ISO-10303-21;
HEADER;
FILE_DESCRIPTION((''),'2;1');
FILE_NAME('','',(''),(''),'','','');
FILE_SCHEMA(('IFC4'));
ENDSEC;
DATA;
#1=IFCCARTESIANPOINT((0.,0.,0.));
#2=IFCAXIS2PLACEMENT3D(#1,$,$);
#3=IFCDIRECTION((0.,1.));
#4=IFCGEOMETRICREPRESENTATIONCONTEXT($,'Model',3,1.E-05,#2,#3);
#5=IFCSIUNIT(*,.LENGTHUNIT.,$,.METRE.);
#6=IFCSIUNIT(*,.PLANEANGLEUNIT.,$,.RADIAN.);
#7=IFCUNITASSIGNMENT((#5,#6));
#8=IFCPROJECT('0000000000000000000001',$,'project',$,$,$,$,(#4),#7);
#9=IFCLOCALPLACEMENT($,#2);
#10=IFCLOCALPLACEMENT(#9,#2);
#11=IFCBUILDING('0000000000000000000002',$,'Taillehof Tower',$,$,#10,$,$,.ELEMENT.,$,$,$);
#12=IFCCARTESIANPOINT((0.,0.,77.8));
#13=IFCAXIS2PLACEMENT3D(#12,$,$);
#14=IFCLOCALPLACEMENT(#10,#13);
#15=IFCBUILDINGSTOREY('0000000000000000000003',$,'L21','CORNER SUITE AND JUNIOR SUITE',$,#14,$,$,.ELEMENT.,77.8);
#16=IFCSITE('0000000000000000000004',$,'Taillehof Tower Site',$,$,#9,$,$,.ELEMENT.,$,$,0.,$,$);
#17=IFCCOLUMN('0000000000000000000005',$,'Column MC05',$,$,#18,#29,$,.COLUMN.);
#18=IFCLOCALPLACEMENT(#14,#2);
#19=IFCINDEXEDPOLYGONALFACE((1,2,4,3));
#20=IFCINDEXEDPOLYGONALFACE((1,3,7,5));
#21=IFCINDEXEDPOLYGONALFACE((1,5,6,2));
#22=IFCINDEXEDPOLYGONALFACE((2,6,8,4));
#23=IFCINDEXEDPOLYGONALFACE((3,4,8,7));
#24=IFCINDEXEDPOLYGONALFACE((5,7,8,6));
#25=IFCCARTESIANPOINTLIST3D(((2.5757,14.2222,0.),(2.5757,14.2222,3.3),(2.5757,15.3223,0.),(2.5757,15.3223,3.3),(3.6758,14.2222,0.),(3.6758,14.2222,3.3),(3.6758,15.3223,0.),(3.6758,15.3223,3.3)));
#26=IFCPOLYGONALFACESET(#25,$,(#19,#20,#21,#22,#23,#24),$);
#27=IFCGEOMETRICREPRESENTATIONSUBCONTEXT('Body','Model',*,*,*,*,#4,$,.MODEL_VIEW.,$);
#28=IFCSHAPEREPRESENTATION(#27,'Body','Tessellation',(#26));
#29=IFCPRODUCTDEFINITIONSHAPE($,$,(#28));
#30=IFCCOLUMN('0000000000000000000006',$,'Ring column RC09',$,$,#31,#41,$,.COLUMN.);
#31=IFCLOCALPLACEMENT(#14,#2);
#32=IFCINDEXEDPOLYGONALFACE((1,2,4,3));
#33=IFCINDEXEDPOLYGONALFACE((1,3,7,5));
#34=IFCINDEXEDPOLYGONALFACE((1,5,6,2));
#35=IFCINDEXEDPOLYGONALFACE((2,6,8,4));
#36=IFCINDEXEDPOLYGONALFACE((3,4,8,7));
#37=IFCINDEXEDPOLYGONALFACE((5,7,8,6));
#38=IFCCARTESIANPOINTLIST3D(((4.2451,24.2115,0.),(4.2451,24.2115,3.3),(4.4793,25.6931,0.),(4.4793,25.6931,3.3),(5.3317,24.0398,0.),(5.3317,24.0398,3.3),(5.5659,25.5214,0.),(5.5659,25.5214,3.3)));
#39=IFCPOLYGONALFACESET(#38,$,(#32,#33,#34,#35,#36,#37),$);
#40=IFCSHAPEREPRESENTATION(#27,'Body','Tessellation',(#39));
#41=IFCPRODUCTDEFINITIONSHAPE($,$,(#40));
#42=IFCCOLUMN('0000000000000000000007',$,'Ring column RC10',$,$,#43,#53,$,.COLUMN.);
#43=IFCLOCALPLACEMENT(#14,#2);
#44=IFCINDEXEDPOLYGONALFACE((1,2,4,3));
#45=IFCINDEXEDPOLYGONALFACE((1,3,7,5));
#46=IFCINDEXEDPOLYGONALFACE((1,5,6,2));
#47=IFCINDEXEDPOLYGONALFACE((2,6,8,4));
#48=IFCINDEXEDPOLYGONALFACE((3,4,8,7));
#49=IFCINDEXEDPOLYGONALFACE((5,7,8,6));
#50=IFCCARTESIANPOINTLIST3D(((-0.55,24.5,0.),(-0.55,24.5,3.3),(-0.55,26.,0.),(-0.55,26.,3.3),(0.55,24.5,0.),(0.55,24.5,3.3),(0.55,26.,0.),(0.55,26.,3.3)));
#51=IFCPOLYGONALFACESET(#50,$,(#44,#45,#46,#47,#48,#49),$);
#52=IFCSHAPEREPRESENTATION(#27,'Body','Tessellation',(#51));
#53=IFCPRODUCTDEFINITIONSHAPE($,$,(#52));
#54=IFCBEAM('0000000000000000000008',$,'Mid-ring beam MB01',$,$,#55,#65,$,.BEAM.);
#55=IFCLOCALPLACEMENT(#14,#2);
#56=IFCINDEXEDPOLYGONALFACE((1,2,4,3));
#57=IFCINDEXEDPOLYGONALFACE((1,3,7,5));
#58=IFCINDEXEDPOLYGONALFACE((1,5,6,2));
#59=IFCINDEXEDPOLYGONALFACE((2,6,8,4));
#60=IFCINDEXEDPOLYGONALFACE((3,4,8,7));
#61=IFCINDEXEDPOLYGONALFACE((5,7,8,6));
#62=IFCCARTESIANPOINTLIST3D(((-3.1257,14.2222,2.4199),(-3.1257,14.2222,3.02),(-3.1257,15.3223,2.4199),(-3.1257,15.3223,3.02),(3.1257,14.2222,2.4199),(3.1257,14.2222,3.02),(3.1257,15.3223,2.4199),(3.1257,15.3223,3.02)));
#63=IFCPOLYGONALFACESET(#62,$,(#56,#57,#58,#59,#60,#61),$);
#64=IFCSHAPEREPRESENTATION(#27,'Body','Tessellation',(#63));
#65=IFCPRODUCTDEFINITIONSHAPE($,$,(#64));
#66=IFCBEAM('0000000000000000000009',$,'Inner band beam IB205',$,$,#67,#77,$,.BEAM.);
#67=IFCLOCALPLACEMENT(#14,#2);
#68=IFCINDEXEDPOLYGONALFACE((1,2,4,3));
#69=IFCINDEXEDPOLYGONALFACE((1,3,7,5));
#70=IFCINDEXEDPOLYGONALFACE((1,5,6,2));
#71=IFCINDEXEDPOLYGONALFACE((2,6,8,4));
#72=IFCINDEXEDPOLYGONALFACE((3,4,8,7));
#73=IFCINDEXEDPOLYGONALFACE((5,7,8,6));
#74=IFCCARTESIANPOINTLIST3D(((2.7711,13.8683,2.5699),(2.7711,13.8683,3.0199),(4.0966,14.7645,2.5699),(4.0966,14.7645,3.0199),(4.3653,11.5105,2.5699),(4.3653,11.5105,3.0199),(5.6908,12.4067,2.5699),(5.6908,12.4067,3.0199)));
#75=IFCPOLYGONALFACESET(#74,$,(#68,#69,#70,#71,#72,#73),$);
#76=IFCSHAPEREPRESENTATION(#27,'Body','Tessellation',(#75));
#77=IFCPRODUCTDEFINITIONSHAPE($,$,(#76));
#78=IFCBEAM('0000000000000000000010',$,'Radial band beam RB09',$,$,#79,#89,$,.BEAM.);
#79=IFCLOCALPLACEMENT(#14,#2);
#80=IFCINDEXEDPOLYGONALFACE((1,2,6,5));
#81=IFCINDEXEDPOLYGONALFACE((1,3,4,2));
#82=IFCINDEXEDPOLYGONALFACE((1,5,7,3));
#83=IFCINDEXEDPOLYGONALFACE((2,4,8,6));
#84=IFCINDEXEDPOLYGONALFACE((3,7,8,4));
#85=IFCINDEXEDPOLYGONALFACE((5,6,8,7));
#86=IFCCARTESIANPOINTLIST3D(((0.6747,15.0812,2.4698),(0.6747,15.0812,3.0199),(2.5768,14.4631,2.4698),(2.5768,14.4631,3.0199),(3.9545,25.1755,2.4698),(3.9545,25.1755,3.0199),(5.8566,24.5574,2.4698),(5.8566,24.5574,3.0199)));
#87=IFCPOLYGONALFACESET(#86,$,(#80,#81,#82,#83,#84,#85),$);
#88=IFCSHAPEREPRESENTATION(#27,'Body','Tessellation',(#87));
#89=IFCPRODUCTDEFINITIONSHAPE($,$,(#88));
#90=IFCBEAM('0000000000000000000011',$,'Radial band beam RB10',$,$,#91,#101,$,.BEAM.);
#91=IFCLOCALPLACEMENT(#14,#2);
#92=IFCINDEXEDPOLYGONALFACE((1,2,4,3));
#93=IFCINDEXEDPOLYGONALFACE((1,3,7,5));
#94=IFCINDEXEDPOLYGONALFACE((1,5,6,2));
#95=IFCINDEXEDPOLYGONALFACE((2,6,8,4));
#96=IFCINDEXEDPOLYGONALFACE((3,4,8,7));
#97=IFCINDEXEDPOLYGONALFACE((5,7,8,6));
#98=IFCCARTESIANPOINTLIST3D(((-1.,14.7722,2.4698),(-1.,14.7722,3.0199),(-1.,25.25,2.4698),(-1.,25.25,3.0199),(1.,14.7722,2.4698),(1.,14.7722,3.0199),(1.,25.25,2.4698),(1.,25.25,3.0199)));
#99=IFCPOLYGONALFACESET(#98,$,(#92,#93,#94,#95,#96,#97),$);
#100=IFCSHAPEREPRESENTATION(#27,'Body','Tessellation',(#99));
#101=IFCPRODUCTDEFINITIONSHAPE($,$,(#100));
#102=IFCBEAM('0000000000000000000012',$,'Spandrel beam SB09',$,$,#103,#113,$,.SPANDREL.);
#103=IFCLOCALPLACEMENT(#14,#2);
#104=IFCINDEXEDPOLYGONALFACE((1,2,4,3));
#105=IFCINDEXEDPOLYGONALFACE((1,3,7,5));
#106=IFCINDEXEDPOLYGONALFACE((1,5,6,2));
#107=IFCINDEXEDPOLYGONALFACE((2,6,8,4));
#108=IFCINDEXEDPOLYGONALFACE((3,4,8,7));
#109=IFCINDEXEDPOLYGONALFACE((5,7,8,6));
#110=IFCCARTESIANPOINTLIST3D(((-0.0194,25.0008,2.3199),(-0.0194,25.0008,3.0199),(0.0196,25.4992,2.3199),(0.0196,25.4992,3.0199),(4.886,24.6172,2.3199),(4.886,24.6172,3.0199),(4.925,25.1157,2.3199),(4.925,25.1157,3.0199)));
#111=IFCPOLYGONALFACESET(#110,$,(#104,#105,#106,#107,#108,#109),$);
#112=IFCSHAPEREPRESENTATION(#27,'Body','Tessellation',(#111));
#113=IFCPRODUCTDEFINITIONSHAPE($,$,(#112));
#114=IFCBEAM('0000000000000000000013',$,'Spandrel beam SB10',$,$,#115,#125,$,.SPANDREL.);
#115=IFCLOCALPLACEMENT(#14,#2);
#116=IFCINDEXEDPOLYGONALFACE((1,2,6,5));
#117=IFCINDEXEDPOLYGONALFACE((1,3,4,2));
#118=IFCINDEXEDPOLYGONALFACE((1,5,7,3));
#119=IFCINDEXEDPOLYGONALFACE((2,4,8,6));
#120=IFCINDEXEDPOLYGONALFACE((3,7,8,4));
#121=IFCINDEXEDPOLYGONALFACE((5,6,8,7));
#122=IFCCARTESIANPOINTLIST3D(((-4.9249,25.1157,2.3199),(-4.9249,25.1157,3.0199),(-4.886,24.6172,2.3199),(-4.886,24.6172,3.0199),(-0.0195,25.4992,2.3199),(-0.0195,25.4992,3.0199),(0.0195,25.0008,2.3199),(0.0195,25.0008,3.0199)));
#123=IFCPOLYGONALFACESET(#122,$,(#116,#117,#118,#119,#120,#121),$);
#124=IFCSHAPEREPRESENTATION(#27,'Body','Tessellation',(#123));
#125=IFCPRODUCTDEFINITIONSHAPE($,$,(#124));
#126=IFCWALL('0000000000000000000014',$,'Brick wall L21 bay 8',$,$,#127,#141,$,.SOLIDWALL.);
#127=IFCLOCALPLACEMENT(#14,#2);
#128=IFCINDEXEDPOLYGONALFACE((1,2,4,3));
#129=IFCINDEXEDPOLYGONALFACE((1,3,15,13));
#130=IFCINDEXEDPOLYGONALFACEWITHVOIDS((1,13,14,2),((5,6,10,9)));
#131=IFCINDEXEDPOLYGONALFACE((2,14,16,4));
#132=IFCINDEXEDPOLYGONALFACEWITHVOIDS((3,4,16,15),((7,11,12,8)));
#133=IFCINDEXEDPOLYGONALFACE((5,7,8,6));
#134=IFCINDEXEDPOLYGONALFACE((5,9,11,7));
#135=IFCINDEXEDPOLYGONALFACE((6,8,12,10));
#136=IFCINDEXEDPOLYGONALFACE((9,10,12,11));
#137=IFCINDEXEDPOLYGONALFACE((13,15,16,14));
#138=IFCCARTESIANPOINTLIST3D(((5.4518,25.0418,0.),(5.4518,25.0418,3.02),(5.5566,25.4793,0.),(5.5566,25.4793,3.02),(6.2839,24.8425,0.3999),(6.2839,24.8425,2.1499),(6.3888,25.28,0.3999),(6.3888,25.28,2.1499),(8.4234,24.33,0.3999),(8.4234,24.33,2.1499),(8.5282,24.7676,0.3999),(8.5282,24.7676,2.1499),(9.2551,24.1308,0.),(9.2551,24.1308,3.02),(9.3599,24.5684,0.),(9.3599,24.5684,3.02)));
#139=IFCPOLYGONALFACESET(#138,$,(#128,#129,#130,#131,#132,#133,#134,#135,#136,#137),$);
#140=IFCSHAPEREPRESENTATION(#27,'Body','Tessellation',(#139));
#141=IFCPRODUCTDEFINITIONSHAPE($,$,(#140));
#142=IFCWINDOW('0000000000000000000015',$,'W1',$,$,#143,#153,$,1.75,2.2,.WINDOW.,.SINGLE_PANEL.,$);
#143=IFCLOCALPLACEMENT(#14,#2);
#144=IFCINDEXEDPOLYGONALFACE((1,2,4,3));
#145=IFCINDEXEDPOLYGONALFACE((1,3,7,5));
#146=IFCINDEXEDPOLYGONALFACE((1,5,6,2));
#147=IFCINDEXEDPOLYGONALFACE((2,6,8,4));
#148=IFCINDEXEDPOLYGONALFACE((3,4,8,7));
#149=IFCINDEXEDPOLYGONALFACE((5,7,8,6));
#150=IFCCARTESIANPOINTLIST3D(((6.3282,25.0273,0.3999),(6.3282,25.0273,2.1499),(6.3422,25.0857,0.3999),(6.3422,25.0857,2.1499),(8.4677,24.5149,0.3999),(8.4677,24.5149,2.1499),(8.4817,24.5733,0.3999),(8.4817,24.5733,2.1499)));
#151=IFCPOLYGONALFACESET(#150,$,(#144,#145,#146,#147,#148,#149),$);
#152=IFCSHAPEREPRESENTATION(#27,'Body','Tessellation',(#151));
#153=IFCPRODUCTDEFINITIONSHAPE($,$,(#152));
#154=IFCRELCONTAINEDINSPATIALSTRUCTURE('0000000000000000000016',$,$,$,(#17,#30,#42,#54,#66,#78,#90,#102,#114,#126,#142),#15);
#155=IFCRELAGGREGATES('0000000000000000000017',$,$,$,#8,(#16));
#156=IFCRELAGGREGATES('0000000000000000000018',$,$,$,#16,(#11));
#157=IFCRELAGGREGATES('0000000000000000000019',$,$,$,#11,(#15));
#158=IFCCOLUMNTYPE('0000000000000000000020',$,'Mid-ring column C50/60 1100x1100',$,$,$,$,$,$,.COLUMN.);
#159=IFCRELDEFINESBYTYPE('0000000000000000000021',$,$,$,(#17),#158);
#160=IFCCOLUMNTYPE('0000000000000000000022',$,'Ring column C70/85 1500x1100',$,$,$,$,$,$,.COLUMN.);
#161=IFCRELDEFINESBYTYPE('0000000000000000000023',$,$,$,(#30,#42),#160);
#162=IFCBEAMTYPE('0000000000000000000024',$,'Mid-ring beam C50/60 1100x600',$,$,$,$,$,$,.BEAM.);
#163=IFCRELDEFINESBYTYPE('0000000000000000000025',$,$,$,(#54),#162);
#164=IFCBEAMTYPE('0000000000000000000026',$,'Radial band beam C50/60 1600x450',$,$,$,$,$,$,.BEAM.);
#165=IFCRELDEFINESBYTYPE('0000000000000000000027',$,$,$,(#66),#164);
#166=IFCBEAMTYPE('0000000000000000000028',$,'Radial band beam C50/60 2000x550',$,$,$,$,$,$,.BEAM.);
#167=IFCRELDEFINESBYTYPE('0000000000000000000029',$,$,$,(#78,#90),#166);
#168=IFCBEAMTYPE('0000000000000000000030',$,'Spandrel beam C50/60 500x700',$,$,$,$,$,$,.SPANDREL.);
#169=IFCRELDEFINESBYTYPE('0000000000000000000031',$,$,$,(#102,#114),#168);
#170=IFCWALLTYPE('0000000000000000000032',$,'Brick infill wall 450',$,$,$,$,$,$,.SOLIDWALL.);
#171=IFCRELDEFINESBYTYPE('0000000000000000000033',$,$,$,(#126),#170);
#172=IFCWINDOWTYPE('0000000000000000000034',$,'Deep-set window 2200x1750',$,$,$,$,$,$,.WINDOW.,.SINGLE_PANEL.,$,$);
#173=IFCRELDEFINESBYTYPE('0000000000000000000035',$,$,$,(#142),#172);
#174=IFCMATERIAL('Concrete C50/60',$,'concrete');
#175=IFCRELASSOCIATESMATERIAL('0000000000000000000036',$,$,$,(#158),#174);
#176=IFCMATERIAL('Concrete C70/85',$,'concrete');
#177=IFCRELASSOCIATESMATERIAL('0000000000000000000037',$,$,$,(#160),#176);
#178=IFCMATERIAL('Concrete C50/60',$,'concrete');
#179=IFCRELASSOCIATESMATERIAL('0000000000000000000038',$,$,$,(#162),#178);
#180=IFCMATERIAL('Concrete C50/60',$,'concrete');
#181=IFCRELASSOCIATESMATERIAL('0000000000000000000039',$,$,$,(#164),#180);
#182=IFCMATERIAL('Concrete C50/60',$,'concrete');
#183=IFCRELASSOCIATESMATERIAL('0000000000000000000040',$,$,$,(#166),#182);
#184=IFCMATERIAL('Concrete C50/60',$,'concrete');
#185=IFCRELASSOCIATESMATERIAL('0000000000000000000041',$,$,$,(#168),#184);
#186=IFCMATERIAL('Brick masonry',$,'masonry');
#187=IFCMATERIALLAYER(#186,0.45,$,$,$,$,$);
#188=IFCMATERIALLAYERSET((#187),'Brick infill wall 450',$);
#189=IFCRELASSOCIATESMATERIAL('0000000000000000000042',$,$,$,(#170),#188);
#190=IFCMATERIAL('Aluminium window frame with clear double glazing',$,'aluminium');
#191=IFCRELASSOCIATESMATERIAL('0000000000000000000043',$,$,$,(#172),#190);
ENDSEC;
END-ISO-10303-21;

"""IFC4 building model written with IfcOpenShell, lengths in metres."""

from ifc_helpers import new_model, si_unit, direction, frame, frame_2d, origin, origin_2d, place, context, subcontext, project, spatial, rectangle, extrude, material, layer, layer_set, material_profile, profile_set, type_object, element, fill, save


model = new_model("IFC4")

# Units and contexts
model_context = context("Model", 3, precision=1e-05, world=origin(), true_north=direction((0.0, 1.0)))
body_context = subcontext(model_context, "Body", "Model", "MODEL_VIEW")
ifc_project = project(units=[si_unit("LENGTHUNIT", "METRE"), si_unit("PLANEANGLEUNIT", "RADIAN")], contexts=[model_context])

# Site, building, storey
site_placement = place(None, origin())
site = spatial("IfcSite", under=ifc_project, at=site_placement, Name="Taillehof Tower Site", CompositionType="ELEMENT", RefElevation=0.0)
building_placement = place(site_placement, origin())
building = spatial("IfcBuilding", under=site, at=building_placement, Name="Taillehof Tower", CompositionType="ELEMENT")
storey_placement = place(building_placement, frame((0.0, 0.0, 77.8)))
storey = spatial("IfcBuildingStorey", under=building, at=storey_placement, Name="L21", Description="CORNER SUITE AND JUNIOR SUITE", CompositionType="ELEMENT", Elevation=77.8)

# Columns
ifc_material_1 = material(Name="Concrete C50/60", Category="concrete")
ifc_material_profile_1 = material_profile(ifc_material_1, rectangle(XDim=1.1001, YDim=1.1001, at=origin_2d()), Name="RC 1100x1100")
ifc_profile_set_1 = profile_set([ifc_material_profile_1], Name="Concrete C50/60")
column_type_1 = type_object("IfcColumnType", Name="Mid-ring column C50/60 1100x1100", PredefinedType="COLUMN", material=ifc_profile_set_1)
column_placement = place(storey_placement, frame((3.1257, 14.7722, 0.0), z_axis=(0.0, 0.0, 1.0), x_axis=(1.0, 0.0, 0.0)))
element("IfcColumn", 1, at=column_placement, inside=storey, type_object=column_type_1, Name="Column MC05", PredefinedType="COLUMN", context=body_context, shape_type="SweptSolid", body=[
    extrude(rectangle(XDim=1.1001, YDim=1.1001, at=origin_2d()), origin(), (0.0, 0.0, 1.0), 3.3),
])
ifc_material_2 = material(Name="Concrete C70/85", Category="concrete")
ifc_material_profile_2 = material_profile(ifc_material_2, rectangle(XDim=1.5, YDim=1.1001, at=origin_2d()), Name="RC 1500x1100")
ifc_profile_set_2 = profile_set([ifc_material_profile_2], Name="Concrete C70/85")
column_type_2 = type_object("IfcColumnType", Name="Ring column C70/85 1500x1100", PredefinedType="COLUMN", material=ifc_profile_set_2)
for number, where, z_axis, x_axis, name in (
    (2, (4.9055, 24.8665, 0.0), (0.0, 0.0, 1.0), (0.156147, 0.987734, 0.0), "Ring column RC09"),
    (3, (0.0, 25.25, 0.0), (0.0, 0.0, 1.0), (0.0, 1.0, 0.0), "Ring column RC10"),
):
    element("IfcColumn", number, at=place(storey_placement, frame(where, z_axis=z_axis, x_axis=x_axis)), inside=storey, type_object=column_type_2, Name=name, PredefinedType="COLUMN", context=body_context, shape_type="SweptSolid", body=[
        extrude(rectangle(XDim=1.5, YDim=1.1001, at=origin_2d()), origin(), (0.0, 0.0, 1.0), 3.3),
    ])

# Beams
ifc_material_3 = material(Name="Concrete C50/60", Category="concrete")
ifc_material_profile_3 = material_profile(ifc_material_3, rectangle(XDim=1.1001, YDim=0.6001, at=origin_2d()), Name="RC 1100x600")
ifc_profile_set_3 = profile_set([ifc_material_profile_3], Name="Concrete C50/60")
beam_type_1 = type_object("IfcBeamType", Name="Mid-ring beam C50/60 1100x600", PredefinedType="BEAM", material=ifc_profile_set_3)
beam_1_placement = place(storey_placement, frame((3.1257, 14.7722, 2.72), z_axis=(-1.0, 0.0, 0.0), x_axis=(0.0, -1.0, 0.0)))
element("IfcBeam", 4, at=beam_1_placement, inside=storey, type_object=beam_type_1, Name="Mid-ring beam MB01", PredefinedType="BEAM", context=body_context, shape_type="SweptSolid", body=[
    extrude(rectangle(XDim=1.1001, YDim=0.6001, at=origin_2d()), origin(), (0.0, 0.0, 1.0), 6.2515),
])
ifc_material_4 = material(Name="Concrete C50/60", Category="concrete")
ifc_material_profile_4 = material_profile(ifc_material_4, rectangle(XDim=1.6001, YDim=0.45, at=origin_2d()), Name="RC 1600x450")
ifc_profile_set_4 = profile_set([ifc_material_profile_4], Name="Concrete C50/60")
beam_type_2 = type_object("IfcBeamType", Name="Radial band beam C50/60 1600x450", PredefinedType="BEAM", material=ifc_profile_set_4)
beam_2_placement = place(storey_placement, frame((3.4338, 14.3164, 2.7949), z_axis=(0.560112, -0.828417, 0.0), x_axis=(0.828417, 0.560112, 0.0)))
element("IfcBeam", 5, at=beam_2_placement, inside=storey, type_object=beam_type_2, Name="Inner band beam IB205", PredefinedType="BEAM", context=body_context, shape_type="SweptSolid", body=[
    extrude(rectangle(XDim=1.6001, YDim=0.45, at=origin_2d()), origin(), (0.0, 0.0, 1.0), 2.8462),
])
ifc_material_5 = material(Name="Concrete C50/60", Category="concrete")
ifc_material_profile_5 = material_profile(ifc_material_5, rectangle(XDim=2.0, YDim=0.55, at=origin_2d()), Name="RC 2000x550")
ifc_profile_set_5 = profile_set([ifc_material_profile_5], Name="Concrete C50/60")
beam_type_3 = type_object("IfcBeamType", Name="Radial band beam C50/60 2000x550", PredefinedType="BEAM", material=ifc_profile_set_5)
beam_3_placement = place(storey_placement, frame((4.9055, 24.8665, 2.7449), z_axis=(-0.309014, -0.951057, 0.0), x_axis=(0.951057, -0.309014, 0.0)))
element("IfcBeam", 6, at=beam_3_placement, inside=storey, type_object=beam_type_3, Name="Radial band beam RB09", PredefinedType="BEAM", context=body_context, shape_type="SweptSolid", body=[
    extrude(rectangle(XDim=2.0, YDim=0.55, at=origin_2d()), origin(), (0.0, 0.0, 1.0), 10.6138),
])
beam_4_placement = place(storey_placement, frame((0.0, 25.25, 2.7449), z_axis=(0.0, -1.0, 0.0), x_axis=(1.0, 0.0, 0.0)))
element("IfcBeam", 7, at=beam_4_placement, inside=storey, type_object=beam_type_3, Name="Radial band beam RB10", PredefinedType="BEAM", context=body_context, shape_type="SweptSolid", body=[
    extrude(rectangle(XDim=2.0, YDim=0.55, at=origin_2d()), origin(), (0.0, 0.0, 1.0), 10.4778),
])
ifc_material_6 = material(Name="Concrete C50/60", Category="concrete")
ifc_material_profile_6 = material_profile(ifc_material_6, rectangle(XDim=0.5, YDim=0.7, at=origin_2d()), Name="RC 500x700")
ifc_profile_set_6 = profile_set([ifc_material_profile_6], Name="Concrete C50/60")
beam_type_4 = type_object("IfcBeamType", Name="Spandrel beam C50/60 500x700", PredefinedType="SPANDREL", material=ifc_profile_set_6)
for number, where, z_axis, x_axis, name in (
    (8, (4.9055, 24.8665, 2.6699), (-0.996957, 0.077949, 0.0), (-0.077949, -0.996957, 0.0), "Spandrel beam SB09"),
    (9, (0.0, 25.25, 2.6699), (-0.996957, -0.077949, 0.0), (0.077949, -0.996957, 0.0), "Spandrel beam SB10"),
):
    element("IfcBeam", number, at=place(storey_placement, frame(where, z_axis=z_axis, x_axis=x_axis)), inside=storey, type_object=beam_type_4, Name=name, PredefinedType="SPANDREL", context=body_context, shape_type="SweptSolid", body=[
        extrude(rectangle(XDim=0.5, YDim=0.7, at=origin_2d()), origin(), (0.0, 0.0, 1.0), 4.9204),
    ])

# Wall, opening, window
ifc_material_7 = material(Name="Brick masonry", Category="masonry")
ifc_layer_1 = layer(ifc_material_7, 0.45)
ifc_layer_set_1 = layer_set([ifc_layer_1], Name="Brick infill wall 450")
wall_type_1 = type_object("IfcWallType", Name="Brick infill wall 450", PredefinedType="SOLIDWALL", material=ifc_layer_set_1)
wall_1_placement = place(storey_placement, frame((9.3076, 24.3496, 0.0), z_axis=(0.0, 0.0, 1.0), x_axis=(-0.972497, 0.232917, 0.0)))
wall_1 = element("IfcWall", 10, at=wall_1_placement, inside=storey, type_object=wall_type_1, Name="Brick wall L21 bay 8", PredefinedType="SOLIDWALL", context=body_context, shape_type="SweptSolid", body=[
    extrude(rectangle(XDim=3.9109, YDim=0.45, at=frame_2d((1.9556, 0.0))), origin(), (0.0, 0.0, 1.0), 3.02),
])
opening_1_placement = place(wall_1_placement, frame((0.8552, 0.0, 0.3999)))
opening_1 = element("IfcOpeningElement", 11, at=opening_1_placement, cuts=wall_1, PredefinedType="OPENING", context=body_context, shape_type="SweptSolid", body=[
    extrude(rectangle(XDim=2.2, YDim=1.75, at=frame_2d((1.1001, 0.875))), frame((0.0, 0.2349, 0.0), z_axis=(0.0, -1.0, 0.0), x_axis=(1.0, 0.0, 0.0)), (0.0, 0.0, 1.0), 0.47),
])
ifc_material_8 = material(Name="Aluminium window frame with clear double glazing", Category="aluminium")
window_type = type_object("IfcWindowType", Name="Deep-set window 2200x1750", PartitioningType="SINGLE_PANEL", PredefinedType="WINDOW", material=ifc_material_8)
window_1_placement = place(opening_1_placement, origin())
window_1 = element("IfcWindow", 12, at=window_1_placement, inside=storey, type_object=window_type, Name="W1", OverallHeight=1.75, OverallWidth=2.2, PartitioningType="SINGLE_PANEL", PredefinedType="WINDOW", context=body_context, shape_type="SweptSolid", body=[
    extrude(rectangle(XDim=2.2, YDim=1.75, at=frame_2d((1.1001, 0.875))), frame((0.0, 0.0349, 0.0), z_axis=(0.0, -1.0, 0.0), x_axis=(1.0, 0.0, 0.0)), (0.0, 0.0, 1.0), 0.0601),
])
fill(opening_1, window_1)

save(model, "model.ifc")
